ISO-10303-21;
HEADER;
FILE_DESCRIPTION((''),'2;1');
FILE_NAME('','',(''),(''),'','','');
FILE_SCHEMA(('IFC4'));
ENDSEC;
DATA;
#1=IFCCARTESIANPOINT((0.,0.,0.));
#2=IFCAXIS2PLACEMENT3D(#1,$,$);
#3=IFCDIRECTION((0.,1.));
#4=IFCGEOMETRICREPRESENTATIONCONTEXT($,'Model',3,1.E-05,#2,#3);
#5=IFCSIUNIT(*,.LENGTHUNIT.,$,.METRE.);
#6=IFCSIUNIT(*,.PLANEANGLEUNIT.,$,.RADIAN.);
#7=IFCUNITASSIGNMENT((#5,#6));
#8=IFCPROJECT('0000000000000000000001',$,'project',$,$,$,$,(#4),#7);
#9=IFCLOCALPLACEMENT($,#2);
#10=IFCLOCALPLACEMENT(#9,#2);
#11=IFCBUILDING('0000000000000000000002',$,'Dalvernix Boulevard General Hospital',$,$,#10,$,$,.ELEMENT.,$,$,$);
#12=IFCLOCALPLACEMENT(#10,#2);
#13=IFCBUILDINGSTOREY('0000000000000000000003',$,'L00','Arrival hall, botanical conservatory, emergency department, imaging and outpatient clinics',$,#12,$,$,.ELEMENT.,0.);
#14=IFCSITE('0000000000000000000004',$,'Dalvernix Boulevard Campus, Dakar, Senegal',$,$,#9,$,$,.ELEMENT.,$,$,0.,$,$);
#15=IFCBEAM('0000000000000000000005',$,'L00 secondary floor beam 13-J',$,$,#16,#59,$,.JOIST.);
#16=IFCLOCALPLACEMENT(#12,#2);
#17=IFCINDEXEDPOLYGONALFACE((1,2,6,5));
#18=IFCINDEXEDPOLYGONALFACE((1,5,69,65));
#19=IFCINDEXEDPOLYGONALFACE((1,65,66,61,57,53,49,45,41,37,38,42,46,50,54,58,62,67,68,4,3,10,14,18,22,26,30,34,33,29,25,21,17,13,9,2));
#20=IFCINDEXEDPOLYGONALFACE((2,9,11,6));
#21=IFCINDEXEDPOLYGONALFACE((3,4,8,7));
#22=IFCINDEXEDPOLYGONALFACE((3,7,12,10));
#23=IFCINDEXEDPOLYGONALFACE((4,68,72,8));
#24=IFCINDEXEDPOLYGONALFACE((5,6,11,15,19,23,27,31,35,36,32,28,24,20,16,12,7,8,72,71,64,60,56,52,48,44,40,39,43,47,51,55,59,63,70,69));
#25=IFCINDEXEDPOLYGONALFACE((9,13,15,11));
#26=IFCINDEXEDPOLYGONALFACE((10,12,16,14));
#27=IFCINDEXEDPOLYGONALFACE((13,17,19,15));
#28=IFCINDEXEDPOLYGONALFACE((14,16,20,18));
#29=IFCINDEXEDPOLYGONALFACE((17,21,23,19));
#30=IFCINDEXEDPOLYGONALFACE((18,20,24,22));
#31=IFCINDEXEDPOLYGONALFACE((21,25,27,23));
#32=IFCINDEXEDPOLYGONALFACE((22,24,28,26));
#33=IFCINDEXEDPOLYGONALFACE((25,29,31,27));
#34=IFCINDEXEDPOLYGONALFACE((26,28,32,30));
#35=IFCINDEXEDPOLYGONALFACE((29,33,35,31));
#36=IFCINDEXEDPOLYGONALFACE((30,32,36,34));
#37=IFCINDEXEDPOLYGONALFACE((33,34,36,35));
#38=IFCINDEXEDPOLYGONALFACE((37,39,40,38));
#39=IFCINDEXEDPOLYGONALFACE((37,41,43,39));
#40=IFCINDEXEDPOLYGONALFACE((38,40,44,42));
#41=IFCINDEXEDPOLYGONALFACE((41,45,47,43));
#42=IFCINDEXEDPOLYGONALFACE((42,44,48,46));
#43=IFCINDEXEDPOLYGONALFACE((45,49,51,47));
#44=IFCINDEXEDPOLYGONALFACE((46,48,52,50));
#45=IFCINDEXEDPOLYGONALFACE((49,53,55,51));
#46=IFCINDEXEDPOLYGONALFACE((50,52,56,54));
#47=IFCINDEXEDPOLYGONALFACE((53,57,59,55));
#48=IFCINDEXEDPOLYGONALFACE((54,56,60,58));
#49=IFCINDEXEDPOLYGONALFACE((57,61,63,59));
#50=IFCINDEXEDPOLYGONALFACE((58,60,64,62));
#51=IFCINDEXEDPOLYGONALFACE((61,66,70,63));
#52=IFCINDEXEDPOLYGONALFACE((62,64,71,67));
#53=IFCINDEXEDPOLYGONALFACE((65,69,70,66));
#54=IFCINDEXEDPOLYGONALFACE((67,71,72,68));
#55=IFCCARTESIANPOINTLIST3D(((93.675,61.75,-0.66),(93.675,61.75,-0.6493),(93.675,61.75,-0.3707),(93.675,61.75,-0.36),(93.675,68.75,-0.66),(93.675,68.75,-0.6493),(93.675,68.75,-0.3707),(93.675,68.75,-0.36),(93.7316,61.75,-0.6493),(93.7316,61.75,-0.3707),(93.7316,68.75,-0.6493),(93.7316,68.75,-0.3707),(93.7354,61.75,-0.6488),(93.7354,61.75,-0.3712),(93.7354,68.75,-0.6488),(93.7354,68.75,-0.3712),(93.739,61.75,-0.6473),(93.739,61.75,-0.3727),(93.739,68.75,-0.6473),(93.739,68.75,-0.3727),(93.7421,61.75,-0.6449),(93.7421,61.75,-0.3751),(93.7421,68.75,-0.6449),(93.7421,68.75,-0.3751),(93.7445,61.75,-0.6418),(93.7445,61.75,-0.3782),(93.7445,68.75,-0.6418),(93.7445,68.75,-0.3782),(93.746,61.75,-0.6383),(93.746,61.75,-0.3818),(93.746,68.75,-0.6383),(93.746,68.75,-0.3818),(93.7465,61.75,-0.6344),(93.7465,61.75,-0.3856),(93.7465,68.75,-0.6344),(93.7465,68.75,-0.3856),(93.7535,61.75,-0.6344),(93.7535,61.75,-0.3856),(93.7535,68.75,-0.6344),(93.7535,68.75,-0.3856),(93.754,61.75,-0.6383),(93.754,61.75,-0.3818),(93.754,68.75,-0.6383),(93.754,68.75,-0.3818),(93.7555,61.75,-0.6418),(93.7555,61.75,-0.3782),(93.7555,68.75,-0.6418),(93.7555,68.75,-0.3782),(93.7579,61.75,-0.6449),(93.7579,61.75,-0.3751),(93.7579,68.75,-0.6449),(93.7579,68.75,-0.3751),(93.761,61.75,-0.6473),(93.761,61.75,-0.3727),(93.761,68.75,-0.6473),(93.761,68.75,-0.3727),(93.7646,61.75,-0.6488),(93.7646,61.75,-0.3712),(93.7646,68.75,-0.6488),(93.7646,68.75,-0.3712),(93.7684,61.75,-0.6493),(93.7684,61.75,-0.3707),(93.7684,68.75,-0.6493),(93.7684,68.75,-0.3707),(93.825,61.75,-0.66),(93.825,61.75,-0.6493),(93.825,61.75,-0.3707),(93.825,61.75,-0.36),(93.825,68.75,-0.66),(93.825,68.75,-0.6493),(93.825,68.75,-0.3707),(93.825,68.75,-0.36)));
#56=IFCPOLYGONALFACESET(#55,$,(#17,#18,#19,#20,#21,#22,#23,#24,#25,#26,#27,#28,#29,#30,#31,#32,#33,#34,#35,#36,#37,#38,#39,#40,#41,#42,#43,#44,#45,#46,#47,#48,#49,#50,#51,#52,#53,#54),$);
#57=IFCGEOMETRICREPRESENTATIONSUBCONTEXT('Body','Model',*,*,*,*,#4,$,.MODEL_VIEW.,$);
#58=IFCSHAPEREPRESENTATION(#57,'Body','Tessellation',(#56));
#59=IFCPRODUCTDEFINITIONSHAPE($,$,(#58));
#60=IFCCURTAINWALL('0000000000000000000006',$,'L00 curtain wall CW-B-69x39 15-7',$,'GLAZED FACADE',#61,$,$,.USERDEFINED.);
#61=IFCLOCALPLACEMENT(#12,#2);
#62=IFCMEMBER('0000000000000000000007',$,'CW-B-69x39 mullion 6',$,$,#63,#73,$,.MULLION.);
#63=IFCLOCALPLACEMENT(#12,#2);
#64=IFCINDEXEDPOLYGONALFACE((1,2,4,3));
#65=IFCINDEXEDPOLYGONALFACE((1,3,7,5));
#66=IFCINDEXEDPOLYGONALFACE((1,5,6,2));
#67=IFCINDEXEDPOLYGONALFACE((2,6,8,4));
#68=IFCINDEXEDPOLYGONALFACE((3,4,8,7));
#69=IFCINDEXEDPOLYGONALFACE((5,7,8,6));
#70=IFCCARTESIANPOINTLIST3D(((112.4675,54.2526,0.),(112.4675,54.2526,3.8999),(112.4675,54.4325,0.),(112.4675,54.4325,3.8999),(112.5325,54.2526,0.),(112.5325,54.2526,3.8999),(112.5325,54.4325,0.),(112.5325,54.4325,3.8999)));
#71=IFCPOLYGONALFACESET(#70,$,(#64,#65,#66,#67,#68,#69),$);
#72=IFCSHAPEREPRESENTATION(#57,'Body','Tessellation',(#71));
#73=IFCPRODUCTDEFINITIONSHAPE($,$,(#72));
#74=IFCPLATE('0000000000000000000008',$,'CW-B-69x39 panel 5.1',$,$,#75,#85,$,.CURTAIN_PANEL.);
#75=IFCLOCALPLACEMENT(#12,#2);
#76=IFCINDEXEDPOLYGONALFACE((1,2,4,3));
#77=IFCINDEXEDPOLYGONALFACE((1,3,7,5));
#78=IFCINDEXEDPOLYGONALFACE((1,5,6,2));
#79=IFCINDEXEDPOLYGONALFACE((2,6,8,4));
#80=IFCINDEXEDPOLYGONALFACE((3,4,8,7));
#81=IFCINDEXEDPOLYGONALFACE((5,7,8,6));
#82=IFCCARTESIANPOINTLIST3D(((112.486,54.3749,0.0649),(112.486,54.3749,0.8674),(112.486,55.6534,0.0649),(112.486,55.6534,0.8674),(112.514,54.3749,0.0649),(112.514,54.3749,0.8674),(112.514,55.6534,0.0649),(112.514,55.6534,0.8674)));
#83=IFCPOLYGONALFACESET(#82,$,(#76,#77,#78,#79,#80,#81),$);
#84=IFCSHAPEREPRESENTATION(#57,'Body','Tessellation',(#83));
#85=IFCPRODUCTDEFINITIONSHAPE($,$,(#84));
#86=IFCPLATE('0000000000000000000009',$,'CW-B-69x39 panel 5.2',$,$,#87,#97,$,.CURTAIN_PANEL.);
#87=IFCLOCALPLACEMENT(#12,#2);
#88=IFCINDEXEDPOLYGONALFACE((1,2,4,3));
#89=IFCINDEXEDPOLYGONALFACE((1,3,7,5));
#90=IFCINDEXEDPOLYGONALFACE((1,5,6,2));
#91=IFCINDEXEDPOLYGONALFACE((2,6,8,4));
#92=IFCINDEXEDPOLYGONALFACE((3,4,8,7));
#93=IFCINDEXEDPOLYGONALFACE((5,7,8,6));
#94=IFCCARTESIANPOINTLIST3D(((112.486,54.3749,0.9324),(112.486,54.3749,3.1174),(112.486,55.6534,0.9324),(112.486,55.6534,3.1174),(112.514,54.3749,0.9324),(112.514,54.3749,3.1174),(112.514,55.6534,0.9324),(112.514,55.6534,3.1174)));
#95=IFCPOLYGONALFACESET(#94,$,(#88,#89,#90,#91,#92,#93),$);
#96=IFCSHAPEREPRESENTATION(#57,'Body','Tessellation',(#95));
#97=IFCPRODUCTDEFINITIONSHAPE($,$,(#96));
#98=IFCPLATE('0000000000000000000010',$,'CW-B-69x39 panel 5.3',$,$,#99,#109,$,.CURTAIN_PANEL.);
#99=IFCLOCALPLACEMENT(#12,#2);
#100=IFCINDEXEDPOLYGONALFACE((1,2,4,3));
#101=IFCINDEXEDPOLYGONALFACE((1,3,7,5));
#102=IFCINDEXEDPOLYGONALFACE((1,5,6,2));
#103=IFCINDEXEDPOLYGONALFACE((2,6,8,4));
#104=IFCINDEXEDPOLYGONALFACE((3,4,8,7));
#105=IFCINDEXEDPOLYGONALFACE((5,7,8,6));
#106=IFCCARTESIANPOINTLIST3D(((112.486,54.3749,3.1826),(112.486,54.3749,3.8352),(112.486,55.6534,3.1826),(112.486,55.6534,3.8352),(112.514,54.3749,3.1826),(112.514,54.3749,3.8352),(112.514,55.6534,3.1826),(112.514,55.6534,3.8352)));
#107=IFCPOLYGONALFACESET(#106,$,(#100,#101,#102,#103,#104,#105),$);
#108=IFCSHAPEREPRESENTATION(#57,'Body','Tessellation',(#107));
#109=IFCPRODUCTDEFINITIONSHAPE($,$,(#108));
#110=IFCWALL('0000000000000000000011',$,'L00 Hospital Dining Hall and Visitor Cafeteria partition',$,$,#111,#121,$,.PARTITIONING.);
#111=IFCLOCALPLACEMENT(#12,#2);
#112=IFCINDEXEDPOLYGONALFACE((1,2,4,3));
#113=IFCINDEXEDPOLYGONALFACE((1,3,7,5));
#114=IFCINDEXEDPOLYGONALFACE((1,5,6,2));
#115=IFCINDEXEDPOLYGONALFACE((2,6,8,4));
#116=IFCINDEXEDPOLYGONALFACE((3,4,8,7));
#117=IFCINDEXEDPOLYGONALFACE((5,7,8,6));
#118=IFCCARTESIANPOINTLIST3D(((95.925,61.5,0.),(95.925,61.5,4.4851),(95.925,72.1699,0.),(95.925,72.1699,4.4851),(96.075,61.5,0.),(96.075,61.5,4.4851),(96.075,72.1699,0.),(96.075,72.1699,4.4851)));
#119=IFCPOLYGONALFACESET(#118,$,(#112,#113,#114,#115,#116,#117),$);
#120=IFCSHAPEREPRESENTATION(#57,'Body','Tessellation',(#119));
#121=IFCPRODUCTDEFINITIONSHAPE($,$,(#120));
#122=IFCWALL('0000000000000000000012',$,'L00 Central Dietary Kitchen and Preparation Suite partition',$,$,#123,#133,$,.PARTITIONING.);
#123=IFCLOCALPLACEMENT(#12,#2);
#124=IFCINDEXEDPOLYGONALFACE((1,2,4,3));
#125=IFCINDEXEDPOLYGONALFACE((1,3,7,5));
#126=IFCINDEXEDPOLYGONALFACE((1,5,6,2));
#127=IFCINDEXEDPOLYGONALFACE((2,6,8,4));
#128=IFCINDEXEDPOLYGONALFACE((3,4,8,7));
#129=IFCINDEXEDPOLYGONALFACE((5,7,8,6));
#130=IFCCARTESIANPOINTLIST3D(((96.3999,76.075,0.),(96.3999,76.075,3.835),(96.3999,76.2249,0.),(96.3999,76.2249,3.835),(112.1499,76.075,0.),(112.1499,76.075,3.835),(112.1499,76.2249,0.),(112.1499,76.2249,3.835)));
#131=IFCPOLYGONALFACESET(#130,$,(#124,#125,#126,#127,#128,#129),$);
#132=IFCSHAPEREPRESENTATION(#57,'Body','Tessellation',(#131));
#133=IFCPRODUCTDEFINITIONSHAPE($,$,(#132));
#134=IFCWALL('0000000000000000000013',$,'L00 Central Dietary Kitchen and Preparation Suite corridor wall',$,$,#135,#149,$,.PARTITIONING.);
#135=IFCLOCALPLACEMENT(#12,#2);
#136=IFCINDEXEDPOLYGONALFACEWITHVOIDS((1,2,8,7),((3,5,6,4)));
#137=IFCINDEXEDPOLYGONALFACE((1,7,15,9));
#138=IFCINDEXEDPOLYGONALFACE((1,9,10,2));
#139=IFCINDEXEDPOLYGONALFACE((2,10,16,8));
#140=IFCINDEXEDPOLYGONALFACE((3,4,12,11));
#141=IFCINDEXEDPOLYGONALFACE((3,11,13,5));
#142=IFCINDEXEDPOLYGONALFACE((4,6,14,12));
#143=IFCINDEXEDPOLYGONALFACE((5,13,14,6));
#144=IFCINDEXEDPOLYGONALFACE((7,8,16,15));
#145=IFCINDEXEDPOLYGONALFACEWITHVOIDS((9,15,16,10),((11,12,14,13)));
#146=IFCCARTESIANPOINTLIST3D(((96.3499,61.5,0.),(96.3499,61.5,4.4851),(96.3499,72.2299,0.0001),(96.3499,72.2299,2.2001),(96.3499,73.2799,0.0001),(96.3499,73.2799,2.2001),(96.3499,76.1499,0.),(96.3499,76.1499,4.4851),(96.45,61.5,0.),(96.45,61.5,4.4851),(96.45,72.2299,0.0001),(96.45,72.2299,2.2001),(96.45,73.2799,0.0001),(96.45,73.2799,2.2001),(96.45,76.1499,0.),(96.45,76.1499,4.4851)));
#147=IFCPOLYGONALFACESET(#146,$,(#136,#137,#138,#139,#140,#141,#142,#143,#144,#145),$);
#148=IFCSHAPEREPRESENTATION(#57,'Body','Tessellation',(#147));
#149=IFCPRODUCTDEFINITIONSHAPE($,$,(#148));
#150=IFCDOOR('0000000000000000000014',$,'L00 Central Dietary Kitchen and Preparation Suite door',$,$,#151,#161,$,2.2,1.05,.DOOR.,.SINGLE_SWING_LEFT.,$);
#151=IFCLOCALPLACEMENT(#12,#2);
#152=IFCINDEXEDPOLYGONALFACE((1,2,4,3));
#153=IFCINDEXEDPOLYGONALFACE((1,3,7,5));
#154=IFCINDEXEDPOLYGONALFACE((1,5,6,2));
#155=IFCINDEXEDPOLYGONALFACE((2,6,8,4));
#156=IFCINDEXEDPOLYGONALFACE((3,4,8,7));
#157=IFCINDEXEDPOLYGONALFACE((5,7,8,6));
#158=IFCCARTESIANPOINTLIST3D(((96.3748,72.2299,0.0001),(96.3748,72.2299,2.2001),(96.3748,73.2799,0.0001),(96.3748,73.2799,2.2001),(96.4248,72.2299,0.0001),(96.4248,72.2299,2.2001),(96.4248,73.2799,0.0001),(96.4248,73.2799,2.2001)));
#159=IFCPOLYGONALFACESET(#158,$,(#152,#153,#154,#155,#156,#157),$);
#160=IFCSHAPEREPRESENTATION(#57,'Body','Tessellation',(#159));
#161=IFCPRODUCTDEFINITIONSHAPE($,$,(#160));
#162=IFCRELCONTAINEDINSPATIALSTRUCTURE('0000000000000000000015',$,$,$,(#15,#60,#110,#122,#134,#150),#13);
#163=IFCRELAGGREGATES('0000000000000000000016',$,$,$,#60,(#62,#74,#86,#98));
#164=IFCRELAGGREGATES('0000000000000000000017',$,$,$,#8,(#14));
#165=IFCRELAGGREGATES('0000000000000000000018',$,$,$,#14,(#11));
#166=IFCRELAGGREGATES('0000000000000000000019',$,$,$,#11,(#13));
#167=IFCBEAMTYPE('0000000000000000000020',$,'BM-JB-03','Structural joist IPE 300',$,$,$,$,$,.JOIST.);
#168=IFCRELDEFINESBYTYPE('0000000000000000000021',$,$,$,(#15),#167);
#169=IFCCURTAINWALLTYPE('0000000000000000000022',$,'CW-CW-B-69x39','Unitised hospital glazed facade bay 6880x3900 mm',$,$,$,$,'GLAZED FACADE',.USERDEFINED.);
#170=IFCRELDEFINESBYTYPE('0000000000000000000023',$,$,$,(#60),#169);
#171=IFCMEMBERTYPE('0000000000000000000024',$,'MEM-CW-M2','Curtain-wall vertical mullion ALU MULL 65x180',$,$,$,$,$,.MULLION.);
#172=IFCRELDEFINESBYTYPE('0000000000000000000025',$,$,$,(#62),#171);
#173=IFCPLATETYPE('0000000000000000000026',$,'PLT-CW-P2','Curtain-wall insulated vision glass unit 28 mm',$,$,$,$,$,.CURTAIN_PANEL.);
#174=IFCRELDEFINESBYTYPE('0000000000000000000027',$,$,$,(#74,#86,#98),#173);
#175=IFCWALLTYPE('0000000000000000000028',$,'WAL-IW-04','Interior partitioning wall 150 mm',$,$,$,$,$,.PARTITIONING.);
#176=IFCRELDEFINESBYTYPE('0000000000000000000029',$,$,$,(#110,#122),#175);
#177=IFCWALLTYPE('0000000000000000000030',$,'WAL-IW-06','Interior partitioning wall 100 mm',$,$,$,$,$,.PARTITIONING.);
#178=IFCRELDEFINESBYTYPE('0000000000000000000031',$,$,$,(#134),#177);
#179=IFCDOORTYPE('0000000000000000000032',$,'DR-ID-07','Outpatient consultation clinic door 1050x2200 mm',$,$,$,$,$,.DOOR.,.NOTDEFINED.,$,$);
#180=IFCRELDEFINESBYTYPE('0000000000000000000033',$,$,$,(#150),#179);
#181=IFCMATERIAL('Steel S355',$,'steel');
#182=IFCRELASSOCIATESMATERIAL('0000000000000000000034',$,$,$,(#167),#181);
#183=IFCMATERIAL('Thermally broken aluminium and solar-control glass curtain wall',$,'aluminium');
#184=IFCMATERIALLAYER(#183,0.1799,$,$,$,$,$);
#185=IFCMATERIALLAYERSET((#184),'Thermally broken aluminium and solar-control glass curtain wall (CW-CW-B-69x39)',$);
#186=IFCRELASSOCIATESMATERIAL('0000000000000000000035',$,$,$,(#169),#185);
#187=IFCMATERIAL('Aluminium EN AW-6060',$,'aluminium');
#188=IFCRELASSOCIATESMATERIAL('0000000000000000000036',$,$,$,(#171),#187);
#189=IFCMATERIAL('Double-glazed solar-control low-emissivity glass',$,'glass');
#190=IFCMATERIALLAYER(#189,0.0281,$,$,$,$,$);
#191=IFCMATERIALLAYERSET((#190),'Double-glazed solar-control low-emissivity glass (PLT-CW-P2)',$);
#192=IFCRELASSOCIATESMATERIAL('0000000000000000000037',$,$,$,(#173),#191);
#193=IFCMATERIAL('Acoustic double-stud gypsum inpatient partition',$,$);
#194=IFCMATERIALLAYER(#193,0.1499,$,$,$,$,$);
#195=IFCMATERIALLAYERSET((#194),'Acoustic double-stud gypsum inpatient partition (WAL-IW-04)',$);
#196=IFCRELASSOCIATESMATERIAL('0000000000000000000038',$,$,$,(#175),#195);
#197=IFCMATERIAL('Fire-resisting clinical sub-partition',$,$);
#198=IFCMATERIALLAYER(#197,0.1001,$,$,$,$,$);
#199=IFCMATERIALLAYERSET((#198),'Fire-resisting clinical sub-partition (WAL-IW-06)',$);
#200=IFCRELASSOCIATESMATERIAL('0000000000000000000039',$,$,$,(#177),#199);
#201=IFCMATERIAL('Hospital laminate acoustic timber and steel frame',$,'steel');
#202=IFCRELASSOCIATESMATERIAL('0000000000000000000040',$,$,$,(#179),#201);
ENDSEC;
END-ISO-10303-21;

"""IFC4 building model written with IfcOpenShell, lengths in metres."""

from ifc_helpers import new_model, si_unit, direction, frame, frame_2d, origin, origin_2d, place, context, subcontext, project, spatial, rectangle, i_section, extrude, material, layer, layer_set, material_profile, profile_set, type_object, element, fill, aggregate, save


model = new_model("IFC4")

# Units and contexts
model_context = context("Model", 3, precision=1e-05, world=origin(), true_north=direction((0.0, 1.0)))
body_context = subcontext(model_context, "Body", "Model", "MODEL_VIEW")
ifc_project = project(units=[si_unit("LENGTHUNIT", "METRE"), si_unit("PLANEANGLEUNIT", "RADIAN")], contexts=[model_context])

# Site, building, storey
site_placement = place(None, origin())
site = spatial("IfcSite", under=ifc_project, at=site_placement, Name="Dalvernix Boulevard Campus, Dakar, Senegal", CompositionType="ELEMENT", RefElevation=0.0)
building_placement = place(site_placement, origin())
building = spatial("IfcBuilding", under=site, at=building_placement, Name="Dalvernix Boulevard General Hospital", CompositionType="ELEMENT")
storey_placement = place(building_placement, origin())
storey = spatial("IfcBuildingStorey", under=building, at=storey_placement, Name="L00", Description="Arrival hall, botanical conservatory, emergency department, imaging and outpatient clinics", CompositionType="ELEMENT", Elevation=0.0)

# Shared definitions
ifc_material_1 = material(Name="Steel S355", Category="steel")

# Beam
ifc_material_profile_1 = material_profile(ifc_material_1, i_section(OverallWidth=0.1499, OverallDepth=0.3, WebThickness=0.0071, FlangeThickness=0.0107, FilletRadius=0.0149, at=origin_2d()), Name="IPE 300")
ifc_profile_set_1 = profile_set([ifc_material_profile_1], Name="Steel S355")
beam_type_1 = type_object("IfcBeamType", Name="BM-JB-03", Description="Structural joist IPE 300", PredefinedType="JOIST", material=ifc_profile_set_1)
beam_placement = place(storey_placement, frame((93.75, 61.75, -0.51), z_axis=(0.0, 1.0, 0.0), x_axis=(-1.0, 0.0, 0.0)))
element("IfcBeam", 1, at=beam_placement, inside=storey, type_object=beam_type_1, Name="L00 secondary floor beam 13-J", PredefinedType="JOIST", context=body_context, shape_type="SweptSolid", body=[
    extrude(i_section(OverallWidth=0.1499, OverallDepth=0.3, WebThickness=0.0071, FlangeThickness=0.0107, FilletRadius=0.0149, at=origin_2d()), origin(), (0.0, 0.0, 1.0), 7.0),
])

# Curtain wall, member, plates
ifc_material_2 = material(Name="Thermally broken aluminium and solar-control glass curtain wall", Category="aluminium")
ifc_layer_1 = layer(ifc_material_2, 0.1799)
ifc_layer_set_1 = layer_set([ifc_layer_1], Name="Thermally broken aluminium and solar-control glass curtain wall (CW-CW-B-69x39)")
curtain_wall_type = type_object("IfcCurtainWallType", Name="CW-CW-B-69x39", Description="Unitised hospital glazed facade bay 6880x3900 mm", ElementType="GLAZED FACADE", PredefinedType="USERDEFINED", material=ifc_layer_set_1)
curtain_wall_placement = place(storey_placement, origin())
curtain_wall = element("IfcCurtainWall", 2, at=curtain_wall_placement, inside=storey, type_object=curtain_wall_type, Name="L00 curtain wall CW-B-69x39 15-7", ObjectType="GLAZED FACADE", PredefinedType="USERDEFINED")
ifc_material_3 = material(Name="Aluminium EN AW-6060", Category="aluminium")
ifc_material_profile_2 = material_profile(ifc_material_3, rectangle(XDim=0.0649, YDim=0.1799, at=origin_2d()), Name="ALU MULL 65x180")
ifc_profile_set_2 = profile_set([ifc_material_profile_2], Name="Aluminium EN AW-6060")
member_type = type_object("IfcMemberType", Name="MEM-CW-M2", Description="Curtain-wall vertical mullion ALU MULL 65x180", PredefinedType="MULLION", material=ifc_profile_set_2)
member_placement = place(storey_placement, frame((112.5, 54.3425, 0.0), z_axis=(0.0, 0.0, 1.0), x_axis=(1.0, 0.0, 0.0)))
member = element("IfcMember", 3, at=member_placement, type_object=member_type, Name="CW-B-69x39 mullion 6", PredefinedType="MULLION", context=body_context, shape_type="SweptSolid", body=[
    extrude(rectangle(XDim=0.0649, YDim=0.1799, at=origin_2d()), origin(), (0.0, 0.0, 1.0), 3.8999),
])
ifc_material_4 = material(Name="Double-glazed solar-control low-emissivity glass", Category="glass")
ifc_layer_2 = layer(ifc_material_4, 0.0281)
ifc_layer_set_2 = layer_set([ifc_layer_2], Name="Double-glazed solar-control low-emissivity glass (PLT-CW-P2)")
plate_type = type_object("IfcPlateType", Name="PLT-CW-P2", Description="Curtain-wall insulated vision glass unit 28 mm", PredefinedType="CURTAIN_PANEL", material=ifc_layer_set_2)
plate_1_placement = place(storey_placement, frame((112.5, 55.0142, 0.0649), z_axis=(0.0, 0.0, 1.0), x_axis=(0.0, -1.0, 0.0)))
plate_1 = element("IfcPlate", 4, at=plate_1_placement, type_object=plate_type, Name="CW-B-69x39 panel 5.1", PredefinedType="CURTAIN_PANEL", context=body_context, shape_type="SweptSolid", body=[
    extrude(rectangle(XDim=1.2786, YDim=0.0281, at=origin_2d()), origin(), (0.0, 0.0, 1.0), 0.8025),
])
plate_2_placement = place(storey_placement, frame((112.5, 55.0142, 0.9324), z_axis=(0.0, 0.0, 1.0), x_axis=(0.0, -1.0, 0.0)))
plate_2 = element("IfcPlate", 5, at=plate_2_placement, type_object=plate_type, Name="CW-B-69x39 panel 5.2", PredefinedType="CURTAIN_PANEL", context=body_context, shape_type="SweptSolid", body=[
    extrude(rectangle(XDim=1.2786, YDim=0.0281, at=origin_2d()), origin(), (0.0, 0.0, 1.0), 2.1851),
])
plate_3_placement = place(storey_placement, frame((112.5, 55.0142, 3.1826), z_axis=(0.0, 0.0, 1.0), x_axis=(0.0, -1.0, 0.0)))
plate_3 = element("IfcPlate", 6, at=plate_3_placement, type_object=plate_type, Name="CW-B-69x39 panel 5.3", PredefinedType="CURTAIN_PANEL", context=body_context, shape_type="SweptSolid", body=[
    extrude(rectangle(XDim=1.2786, YDim=0.0281, at=origin_2d()), origin(), (0.0, 0.0, 1.0), 0.6526),
])
aggregate(curtain_wall, [member, plate_1, plate_2, plate_3])

# Walls
ifc_material_5 = material(Name="Acoustic double-stud gypsum inpatient partition")
ifc_layer_3 = layer(ifc_material_5, 0.1499)
ifc_layer_set_3 = layer_set([ifc_layer_3], Name="Acoustic double-stud gypsum inpatient partition (WAL-IW-04)")
wall_type_1 = type_object("IfcWallType", Name="WAL-IW-04", Description="Interior partitioning wall 150 mm", PredefinedType="PARTITIONING", material=ifc_layer_set_3)
wall_1_placement = place(storey_placement, frame((96.0, 61.5, 0.0), z_axis=(0.0, 0.0, 1.0), x_axis=(0.0, 1.0, 0.0)))
element("IfcWall", 7, at=wall_1_placement, inside=storey, type_object=wall_type_1, Name="L00 Hospital Dining Hall and Visitor Cafeteria partition", PredefinedType="PARTITIONING", context=body_context, shape_type="SweptSolid", body=[
    extrude(rectangle(XDim=10.6699, YDim=0.1499, at=frame_2d((5.335, 0.0))), origin(), (0.0, 0.0, 1.0), 4.4851),
])
wall_2_placement = place(storey_placement, frame((96.3999, 76.1499, 0.0), z_axis=(0.0, 0.0, 1.0), x_axis=(1.0, 0.0, 0.0)))
element("IfcWall", 8, at=wall_2_placement, inside=storey, type_object=wall_type_1, Name="L00 Central Dietary Kitchen and Preparation Suite partition", PredefinedType="PARTITIONING", context=body_context, shape_type="SweptSolid", body=[
    extrude(rectangle(XDim=15.75, YDim=0.1499, at=frame_2d((7.875, 0.0))), origin(), (0.0, 0.0, 1.0), 3.835),
])

# Wall, opening, door
ifc_material_6 = material(Name="Fire-resisting clinical sub-partition")
ifc_layer_4 = layer(ifc_material_6, 0.1001)
ifc_layer_set_4 = layer_set([ifc_layer_4], Name="Fire-resisting clinical sub-partition (WAL-IW-06)")
wall_type_2 = type_object("IfcWallType", Name="WAL-IW-06", Description="Interior partitioning wall 100 mm", PredefinedType="PARTITIONING", material=ifc_layer_set_4)
wall_3_placement = place(storey_placement, frame((96.3999, 76.1499, 0.0), z_axis=(0.0, 0.0, 1.0), x_axis=(0.0, -1.0, 0.0)))
wall_3 = element("IfcWall", 9, at=wall_3_placement, inside=storey, type_object=wall_type_2, Name="L00 Central Dietary Kitchen and Preparation Suite corridor wall", PredefinedType="PARTITIONING", context=body_context, shape_type="SweptSolid", body=[
    extrude(rectangle(XDim=14.6499, YDim=0.1001, at=frame_2d((7.325, 0.0))), origin(), (0.0, 0.0, 1.0), 4.4851),
])
opening_placement = place(wall_3_placement, frame((2.8701, 0.0, 0.0)))
opening = element("IfcOpeningElement", 10, at=opening_placement, cuts=wall_3, PredefinedType="OPENING", context=body_context, shape_type="SweptSolid", body=[
    extrude(rectangle(XDim=1.05, YDim=2.2, at=frame_2d((0.5249, 1.1001))), frame((0.0, 0.0601, 0.0), z_axis=(0.0, -1.0, 0.0), x_axis=(1.0, 0.0, 0.0)), (0.0, 0.0, 1.0), 0.1201),
])
ifc_material_7 = material(Name="Hospital laminate acoustic timber and steel frame", Category="steel")
door_type = type_object("IfcDoorType", Name="DR-ID-07", Description="Outpatient consultation clinic door 1050x2200 mm", OperationType="NOTDEFINED", PredefinedType="DOOR", material=ifc_material_7)
door_placement = place(opening_placement, origin())
door = element("IfcDoor", 11, at=door_placement, inside=storey, type_object=door_type, Name="L00 Central Dietary Kitchen and Preparation Suite door", OperationType="SINGLE_SWING_LEFT", OverallHeight=2.2, OverallWidth=1.05, PredefinedType="DOOR", context=body_context, shape_type="SweptSolid", body=[
    extrude(rectangle(XDim=1.05, YDim=2.2, at=frame_2d((0.5249, 1.1001))), frame((0.0, 0.0249, 0.0), z_axis=(0.0, -1.0, 0.0), x_axis=(1.0, 0.0, 0.0)), (0.0, 0.0, 1.0), 0.05),
])
fill(opening, door)

save(model, "model.ifc")
